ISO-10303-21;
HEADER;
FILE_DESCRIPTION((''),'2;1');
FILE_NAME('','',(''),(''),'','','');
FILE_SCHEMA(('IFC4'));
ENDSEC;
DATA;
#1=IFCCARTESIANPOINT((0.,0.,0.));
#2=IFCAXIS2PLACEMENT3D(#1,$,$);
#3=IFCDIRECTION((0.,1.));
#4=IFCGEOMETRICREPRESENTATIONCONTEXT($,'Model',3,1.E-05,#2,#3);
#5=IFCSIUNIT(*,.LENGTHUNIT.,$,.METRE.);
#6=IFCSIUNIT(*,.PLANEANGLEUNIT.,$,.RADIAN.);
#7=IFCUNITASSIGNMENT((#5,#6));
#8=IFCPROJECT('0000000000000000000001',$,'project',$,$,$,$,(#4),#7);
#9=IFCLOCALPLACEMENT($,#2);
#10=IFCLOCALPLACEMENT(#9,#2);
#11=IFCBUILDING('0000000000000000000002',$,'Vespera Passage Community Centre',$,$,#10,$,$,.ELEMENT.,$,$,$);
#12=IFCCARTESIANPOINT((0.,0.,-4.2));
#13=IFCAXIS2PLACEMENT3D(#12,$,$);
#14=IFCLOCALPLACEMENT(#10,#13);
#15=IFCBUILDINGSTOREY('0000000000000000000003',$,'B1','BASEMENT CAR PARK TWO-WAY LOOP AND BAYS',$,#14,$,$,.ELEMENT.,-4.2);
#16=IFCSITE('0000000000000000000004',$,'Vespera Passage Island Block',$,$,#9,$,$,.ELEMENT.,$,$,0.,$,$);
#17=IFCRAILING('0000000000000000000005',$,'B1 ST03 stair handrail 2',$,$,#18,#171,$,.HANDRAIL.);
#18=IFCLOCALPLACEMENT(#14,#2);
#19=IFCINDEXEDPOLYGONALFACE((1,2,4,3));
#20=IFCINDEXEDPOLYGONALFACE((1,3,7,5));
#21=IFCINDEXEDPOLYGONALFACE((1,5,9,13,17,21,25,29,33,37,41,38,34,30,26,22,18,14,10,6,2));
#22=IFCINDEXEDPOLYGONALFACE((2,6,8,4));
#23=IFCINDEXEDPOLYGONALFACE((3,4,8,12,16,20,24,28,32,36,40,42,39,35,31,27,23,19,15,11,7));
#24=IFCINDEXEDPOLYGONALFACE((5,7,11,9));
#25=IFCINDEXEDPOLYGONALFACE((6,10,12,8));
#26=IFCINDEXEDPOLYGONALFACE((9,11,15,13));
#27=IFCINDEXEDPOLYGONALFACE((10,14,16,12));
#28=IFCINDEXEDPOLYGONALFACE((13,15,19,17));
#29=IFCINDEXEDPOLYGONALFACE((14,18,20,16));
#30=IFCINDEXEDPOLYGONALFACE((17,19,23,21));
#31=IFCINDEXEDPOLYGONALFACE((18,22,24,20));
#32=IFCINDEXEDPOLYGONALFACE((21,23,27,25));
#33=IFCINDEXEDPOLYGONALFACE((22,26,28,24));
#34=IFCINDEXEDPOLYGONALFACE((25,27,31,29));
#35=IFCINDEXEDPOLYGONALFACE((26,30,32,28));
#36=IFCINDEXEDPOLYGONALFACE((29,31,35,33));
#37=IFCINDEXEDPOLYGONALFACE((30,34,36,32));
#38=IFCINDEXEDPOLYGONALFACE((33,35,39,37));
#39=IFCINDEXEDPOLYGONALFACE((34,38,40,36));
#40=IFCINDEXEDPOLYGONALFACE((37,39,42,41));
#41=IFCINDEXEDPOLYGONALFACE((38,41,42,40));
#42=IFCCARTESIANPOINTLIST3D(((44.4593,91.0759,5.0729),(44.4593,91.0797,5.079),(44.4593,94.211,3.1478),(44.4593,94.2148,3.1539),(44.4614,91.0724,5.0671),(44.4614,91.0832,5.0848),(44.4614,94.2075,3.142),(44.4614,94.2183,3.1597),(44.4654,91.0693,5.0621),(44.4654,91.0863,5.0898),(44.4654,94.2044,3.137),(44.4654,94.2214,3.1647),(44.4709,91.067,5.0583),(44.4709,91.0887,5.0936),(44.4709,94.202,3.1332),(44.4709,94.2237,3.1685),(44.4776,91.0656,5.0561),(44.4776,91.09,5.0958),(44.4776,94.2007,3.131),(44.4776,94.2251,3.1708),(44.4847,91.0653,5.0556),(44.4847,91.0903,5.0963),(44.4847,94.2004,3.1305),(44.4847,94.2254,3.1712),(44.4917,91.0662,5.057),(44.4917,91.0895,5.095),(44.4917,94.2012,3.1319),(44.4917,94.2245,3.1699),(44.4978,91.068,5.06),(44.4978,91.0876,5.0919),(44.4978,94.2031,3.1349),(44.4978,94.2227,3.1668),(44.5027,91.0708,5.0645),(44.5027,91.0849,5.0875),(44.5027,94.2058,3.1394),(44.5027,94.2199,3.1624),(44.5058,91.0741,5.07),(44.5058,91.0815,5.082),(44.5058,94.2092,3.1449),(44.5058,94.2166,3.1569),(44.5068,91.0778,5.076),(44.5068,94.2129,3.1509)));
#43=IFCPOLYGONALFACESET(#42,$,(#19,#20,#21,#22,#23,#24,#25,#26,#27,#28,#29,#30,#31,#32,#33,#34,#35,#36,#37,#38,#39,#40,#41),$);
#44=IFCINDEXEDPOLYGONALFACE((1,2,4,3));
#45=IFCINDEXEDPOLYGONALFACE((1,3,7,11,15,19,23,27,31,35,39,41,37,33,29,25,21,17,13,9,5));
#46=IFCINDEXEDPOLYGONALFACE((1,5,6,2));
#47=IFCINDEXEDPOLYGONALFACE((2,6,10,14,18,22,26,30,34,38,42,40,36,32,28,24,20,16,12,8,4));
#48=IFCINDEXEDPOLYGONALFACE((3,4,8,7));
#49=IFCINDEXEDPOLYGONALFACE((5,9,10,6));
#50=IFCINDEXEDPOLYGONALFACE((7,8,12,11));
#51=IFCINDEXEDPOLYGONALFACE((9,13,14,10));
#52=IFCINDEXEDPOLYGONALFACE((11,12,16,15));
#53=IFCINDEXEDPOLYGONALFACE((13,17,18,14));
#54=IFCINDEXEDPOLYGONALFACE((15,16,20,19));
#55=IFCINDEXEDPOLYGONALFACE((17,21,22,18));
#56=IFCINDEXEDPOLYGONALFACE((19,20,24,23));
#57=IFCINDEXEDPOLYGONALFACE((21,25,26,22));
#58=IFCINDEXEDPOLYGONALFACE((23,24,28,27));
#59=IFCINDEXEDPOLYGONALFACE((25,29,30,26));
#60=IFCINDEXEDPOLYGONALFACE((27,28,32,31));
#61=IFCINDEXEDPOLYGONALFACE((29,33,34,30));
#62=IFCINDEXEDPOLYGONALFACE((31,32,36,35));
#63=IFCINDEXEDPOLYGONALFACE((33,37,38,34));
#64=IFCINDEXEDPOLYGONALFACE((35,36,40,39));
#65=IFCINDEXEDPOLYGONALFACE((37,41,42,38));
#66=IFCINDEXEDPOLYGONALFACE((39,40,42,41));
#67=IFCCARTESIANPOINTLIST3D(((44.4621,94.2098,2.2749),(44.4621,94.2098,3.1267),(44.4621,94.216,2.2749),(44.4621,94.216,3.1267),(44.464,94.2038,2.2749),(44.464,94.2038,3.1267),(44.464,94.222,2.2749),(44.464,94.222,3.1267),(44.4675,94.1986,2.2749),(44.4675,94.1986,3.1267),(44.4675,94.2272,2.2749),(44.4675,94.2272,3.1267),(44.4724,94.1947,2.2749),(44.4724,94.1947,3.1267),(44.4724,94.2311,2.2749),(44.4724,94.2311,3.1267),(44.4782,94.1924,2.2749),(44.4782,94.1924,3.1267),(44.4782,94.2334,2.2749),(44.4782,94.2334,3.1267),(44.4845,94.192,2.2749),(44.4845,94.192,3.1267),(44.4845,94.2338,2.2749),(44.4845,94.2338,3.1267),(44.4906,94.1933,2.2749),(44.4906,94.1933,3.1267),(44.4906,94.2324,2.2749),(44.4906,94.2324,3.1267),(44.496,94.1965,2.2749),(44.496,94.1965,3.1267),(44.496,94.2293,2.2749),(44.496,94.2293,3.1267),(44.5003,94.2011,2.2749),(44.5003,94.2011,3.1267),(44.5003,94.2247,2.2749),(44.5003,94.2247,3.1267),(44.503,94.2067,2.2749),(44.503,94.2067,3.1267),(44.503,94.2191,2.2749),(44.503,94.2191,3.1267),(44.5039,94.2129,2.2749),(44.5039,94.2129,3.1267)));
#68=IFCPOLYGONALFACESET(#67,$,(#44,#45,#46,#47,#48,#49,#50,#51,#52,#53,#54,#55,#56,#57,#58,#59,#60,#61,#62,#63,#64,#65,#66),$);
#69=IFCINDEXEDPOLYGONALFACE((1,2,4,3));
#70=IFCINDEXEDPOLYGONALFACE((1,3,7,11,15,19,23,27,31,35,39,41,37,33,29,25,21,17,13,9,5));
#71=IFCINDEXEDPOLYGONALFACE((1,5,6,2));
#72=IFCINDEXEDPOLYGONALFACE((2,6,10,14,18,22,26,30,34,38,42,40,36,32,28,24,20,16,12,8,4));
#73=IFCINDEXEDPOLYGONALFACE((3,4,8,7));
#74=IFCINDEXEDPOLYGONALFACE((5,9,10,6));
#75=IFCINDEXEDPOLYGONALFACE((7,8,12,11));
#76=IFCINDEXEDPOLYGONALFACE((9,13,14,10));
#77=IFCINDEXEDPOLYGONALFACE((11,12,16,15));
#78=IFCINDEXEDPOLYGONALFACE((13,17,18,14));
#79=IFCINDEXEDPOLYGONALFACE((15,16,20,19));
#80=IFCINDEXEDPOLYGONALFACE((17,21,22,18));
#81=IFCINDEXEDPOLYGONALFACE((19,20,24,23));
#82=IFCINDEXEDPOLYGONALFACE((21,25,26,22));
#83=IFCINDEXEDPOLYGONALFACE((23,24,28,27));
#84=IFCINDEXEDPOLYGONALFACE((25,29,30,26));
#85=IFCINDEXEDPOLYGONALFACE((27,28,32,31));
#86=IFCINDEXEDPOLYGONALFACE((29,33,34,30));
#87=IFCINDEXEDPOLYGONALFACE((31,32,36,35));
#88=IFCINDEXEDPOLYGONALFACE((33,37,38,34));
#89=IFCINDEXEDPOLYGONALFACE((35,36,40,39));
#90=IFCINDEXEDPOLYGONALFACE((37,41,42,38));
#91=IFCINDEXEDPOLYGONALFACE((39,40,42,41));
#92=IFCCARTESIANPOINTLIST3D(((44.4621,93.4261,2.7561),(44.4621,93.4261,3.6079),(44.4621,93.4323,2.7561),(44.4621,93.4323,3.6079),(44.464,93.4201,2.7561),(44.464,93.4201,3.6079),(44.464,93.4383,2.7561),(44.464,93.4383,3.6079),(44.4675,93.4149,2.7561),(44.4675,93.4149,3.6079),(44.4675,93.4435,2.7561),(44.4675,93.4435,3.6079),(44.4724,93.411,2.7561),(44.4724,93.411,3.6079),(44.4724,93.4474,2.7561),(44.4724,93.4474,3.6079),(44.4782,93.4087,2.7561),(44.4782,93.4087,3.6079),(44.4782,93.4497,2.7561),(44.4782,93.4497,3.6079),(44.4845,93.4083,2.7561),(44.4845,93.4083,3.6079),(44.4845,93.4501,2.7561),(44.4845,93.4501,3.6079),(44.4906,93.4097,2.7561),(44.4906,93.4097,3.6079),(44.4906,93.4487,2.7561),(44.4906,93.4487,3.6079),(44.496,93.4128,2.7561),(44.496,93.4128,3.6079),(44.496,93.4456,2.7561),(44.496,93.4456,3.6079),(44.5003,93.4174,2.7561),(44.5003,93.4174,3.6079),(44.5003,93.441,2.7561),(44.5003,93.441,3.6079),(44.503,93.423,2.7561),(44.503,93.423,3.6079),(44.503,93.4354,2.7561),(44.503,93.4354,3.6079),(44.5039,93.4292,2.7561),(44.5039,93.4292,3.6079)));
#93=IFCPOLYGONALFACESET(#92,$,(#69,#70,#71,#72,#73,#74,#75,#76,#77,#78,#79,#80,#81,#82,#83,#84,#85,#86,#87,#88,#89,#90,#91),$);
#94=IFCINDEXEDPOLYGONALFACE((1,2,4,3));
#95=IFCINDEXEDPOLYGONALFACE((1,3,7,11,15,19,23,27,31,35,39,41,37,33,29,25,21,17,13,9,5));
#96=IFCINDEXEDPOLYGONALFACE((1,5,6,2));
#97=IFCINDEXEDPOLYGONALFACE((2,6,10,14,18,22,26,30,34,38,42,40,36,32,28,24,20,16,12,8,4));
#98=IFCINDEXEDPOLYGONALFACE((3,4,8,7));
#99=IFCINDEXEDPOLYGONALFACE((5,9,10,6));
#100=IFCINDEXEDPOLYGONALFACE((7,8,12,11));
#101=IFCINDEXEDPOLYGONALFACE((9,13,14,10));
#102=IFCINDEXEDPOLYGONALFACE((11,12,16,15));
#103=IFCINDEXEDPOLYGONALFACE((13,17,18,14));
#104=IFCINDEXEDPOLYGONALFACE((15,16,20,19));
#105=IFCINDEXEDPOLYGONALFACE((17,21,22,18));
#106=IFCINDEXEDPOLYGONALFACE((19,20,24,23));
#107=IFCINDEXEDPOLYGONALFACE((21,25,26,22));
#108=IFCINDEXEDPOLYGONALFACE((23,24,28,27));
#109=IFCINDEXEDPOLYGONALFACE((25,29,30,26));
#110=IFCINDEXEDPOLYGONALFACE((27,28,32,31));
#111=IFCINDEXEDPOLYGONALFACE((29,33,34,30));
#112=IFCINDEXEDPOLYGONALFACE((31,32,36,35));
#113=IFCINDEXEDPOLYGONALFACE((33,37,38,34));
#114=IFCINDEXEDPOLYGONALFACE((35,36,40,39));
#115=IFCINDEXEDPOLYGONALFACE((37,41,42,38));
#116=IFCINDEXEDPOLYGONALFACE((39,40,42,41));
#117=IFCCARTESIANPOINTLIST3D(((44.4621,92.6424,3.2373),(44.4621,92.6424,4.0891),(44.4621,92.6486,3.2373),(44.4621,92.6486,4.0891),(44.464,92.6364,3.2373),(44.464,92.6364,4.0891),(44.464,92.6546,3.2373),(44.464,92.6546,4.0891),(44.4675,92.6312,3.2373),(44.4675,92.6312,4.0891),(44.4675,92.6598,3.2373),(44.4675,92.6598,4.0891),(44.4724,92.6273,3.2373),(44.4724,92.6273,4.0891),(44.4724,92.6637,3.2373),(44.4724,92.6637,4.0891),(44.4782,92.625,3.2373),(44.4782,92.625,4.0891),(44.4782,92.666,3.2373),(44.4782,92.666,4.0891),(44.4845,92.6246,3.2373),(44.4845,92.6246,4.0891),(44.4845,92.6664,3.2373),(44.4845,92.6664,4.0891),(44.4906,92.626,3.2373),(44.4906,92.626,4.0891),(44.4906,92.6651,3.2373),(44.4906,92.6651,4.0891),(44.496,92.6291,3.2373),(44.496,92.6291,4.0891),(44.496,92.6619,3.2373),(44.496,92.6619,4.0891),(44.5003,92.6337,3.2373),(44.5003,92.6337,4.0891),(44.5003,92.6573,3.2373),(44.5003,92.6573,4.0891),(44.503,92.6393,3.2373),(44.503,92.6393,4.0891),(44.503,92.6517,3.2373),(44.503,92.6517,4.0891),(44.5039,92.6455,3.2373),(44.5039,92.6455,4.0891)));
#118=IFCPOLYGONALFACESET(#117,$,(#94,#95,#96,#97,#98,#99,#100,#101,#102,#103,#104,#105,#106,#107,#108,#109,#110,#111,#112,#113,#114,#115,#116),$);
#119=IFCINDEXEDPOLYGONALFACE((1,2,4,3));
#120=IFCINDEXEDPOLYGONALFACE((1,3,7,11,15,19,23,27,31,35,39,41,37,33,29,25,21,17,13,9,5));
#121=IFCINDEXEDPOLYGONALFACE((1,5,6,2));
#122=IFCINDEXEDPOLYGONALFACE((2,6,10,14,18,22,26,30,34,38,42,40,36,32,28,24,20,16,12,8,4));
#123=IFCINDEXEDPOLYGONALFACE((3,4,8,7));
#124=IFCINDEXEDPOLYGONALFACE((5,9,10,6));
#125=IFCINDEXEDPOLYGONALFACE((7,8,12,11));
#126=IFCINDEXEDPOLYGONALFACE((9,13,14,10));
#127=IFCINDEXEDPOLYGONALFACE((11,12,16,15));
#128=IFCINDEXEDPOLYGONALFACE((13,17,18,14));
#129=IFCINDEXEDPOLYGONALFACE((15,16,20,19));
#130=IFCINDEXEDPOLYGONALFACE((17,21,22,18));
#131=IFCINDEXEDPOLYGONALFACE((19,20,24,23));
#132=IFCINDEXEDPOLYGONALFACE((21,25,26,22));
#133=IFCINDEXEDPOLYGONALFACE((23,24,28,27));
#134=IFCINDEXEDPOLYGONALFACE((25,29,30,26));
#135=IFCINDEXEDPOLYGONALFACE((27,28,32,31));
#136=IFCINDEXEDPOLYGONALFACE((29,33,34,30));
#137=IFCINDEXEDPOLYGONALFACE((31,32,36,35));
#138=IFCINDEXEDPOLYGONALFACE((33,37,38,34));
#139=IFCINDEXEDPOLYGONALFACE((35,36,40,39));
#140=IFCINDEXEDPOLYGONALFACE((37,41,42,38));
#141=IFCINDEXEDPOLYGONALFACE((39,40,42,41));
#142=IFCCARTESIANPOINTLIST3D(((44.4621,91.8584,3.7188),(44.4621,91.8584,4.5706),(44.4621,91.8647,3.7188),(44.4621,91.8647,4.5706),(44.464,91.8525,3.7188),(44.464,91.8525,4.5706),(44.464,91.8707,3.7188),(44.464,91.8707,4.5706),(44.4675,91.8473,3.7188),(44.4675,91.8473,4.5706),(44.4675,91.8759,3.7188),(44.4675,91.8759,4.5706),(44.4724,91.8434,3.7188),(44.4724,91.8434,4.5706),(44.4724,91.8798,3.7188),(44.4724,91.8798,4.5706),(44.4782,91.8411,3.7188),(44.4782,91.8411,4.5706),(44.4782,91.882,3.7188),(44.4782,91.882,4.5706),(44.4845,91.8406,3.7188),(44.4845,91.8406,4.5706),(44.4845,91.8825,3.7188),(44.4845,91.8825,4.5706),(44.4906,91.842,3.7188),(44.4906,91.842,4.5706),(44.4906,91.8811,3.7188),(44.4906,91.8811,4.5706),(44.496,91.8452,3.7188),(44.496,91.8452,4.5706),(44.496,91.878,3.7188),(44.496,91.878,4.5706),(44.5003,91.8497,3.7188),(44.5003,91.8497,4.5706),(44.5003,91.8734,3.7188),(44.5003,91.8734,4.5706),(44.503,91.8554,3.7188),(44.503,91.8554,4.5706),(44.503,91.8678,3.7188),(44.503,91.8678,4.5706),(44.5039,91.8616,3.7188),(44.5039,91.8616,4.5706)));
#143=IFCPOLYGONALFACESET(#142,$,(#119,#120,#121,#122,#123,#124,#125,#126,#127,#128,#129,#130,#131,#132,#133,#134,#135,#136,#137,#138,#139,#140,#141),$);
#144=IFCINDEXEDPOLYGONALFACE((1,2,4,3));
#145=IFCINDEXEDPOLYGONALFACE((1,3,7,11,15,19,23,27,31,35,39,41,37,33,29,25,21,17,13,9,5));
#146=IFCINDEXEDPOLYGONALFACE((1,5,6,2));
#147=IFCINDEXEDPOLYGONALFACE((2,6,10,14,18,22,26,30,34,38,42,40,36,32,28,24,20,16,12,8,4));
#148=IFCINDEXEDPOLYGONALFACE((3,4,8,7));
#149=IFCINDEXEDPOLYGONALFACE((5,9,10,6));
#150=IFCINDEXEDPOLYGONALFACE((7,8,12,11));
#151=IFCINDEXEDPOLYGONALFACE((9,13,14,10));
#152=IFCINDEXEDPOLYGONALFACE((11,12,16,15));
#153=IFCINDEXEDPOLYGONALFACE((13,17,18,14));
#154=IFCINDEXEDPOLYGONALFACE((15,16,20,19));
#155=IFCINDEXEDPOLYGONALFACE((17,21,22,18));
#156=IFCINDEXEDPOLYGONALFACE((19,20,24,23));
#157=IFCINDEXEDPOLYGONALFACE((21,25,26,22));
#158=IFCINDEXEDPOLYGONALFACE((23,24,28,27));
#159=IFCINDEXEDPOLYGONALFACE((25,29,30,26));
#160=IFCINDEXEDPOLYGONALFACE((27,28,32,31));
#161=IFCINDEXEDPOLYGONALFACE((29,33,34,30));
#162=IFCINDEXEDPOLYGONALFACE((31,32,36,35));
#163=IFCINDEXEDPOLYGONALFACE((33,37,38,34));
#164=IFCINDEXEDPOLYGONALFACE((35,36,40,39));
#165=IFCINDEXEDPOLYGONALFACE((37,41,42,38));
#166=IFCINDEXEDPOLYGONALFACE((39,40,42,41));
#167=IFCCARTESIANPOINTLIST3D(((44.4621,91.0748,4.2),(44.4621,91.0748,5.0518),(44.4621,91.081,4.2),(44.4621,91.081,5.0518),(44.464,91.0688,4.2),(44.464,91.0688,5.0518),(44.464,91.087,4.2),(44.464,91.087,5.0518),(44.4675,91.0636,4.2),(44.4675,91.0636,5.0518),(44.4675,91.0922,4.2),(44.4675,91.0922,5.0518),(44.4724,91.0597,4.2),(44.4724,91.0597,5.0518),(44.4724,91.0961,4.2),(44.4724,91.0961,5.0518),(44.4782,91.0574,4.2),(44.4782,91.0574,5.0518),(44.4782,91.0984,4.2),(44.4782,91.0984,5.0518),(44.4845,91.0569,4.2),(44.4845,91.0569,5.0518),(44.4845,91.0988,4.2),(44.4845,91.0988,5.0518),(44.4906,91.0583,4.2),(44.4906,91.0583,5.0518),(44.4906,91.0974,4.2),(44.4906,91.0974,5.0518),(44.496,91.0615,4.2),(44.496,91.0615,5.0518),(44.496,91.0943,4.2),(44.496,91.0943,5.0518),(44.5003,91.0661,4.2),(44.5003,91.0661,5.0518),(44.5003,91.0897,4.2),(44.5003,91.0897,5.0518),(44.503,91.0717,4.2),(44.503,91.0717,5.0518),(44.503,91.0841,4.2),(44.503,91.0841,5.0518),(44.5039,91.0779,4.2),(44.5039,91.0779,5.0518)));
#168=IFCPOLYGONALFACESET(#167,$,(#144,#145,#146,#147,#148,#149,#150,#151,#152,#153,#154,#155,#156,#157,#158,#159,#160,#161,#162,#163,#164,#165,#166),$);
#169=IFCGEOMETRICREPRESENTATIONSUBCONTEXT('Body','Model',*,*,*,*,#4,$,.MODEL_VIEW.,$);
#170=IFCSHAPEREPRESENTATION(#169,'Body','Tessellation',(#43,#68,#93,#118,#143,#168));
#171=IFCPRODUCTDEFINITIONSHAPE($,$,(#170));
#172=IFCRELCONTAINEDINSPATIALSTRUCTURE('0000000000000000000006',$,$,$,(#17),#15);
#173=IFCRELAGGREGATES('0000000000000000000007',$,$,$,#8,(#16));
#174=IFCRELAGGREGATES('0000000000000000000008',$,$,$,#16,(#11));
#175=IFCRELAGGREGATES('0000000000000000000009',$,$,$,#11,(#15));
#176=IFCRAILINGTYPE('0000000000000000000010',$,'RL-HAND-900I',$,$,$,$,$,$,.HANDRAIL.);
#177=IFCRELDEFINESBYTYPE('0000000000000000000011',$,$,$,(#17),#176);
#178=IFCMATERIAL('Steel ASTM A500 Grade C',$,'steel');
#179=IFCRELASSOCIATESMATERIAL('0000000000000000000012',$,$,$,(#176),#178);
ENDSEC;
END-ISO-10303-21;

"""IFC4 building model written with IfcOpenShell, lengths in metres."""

from ifc_helpers import new_model, si_unit, direction, frame, origin, origin_2d, place, context, subcontext, project, spatial, circle, extrude, material, type_object, element, save


model = new_model("IFC4")

# Units and contexts
model_context = context("Model", 3, precision=1e-05, world=origin(), true_north=direction((0.0, 1.0)))
body_context = subcontext(model_context, "Body", "Model", "MODEL_VIEW")
ifc_project = project(units=[si_unit("LENGTHUNIT", "METRE"), si_unit("PLANEANGLEUNIT", "RADIAN")], contexts=[model_context])

# Site, building, storey
site_placement = place(None, origin())
site = spatial("IfcSite", under=ifc_project, at=site_placement, Name="Vespera Passage Island Block", CompositionType="ELEMENT", RefElevation=0.0)
building_placement = place(site_placement, origin())
building = spatial("IfcBuilding", under=site, at=building_placement, Name="Vespera Passage Community Centre", CompositionType="ELEMENT")
storey_placement = place(building_placement, frame((0.0, 0.0, -4.2)))
storey = spatial("IfcBuildingStorey", under=building, at=storey_placement, Name="B1", Description="BASEMENT CAR PARK TWO-WAY LOOP AND BAYS", CompositionType="ELEMENT", Elevation=-4.2)

# Railing
ifc_material_1 = material(Name="Steel ASTM A500 Grade C", Category="steel")
railing_type_1 = type_object("IfcRailingType", Name="RL-HAND-900I", PredefinedType="HANDRAIL", material=ifc_material_1)
railing_1_placement = place(storey_placement, frame((44.4829, 94.2129, 2.2749)))
element("IfcRailing", 1, at=railing_1_placement, inside=storey, type_object=railing_type_1, Name="B1 ST03 stair handrail 2", PredefinedType="HANDRAIL", context=body_context, shape_type="SweptSolid", body=[
    extrude(circle(Radius=0.0239, at=origin_2d()), frame((0.0, 0.0, 0.876), z_axis=(0.0, -0.852166, 0.523271), x_axis=(1.0, 0.0, 0.0)), (0.0, 0.0, 1.0), 3.679),
    extrude(circle(Radius=0.021, at=origin_2d()), origin(), (0.0, 0.0, 1.0), 0.8518),
    extrude(circle(Radius=0.021, at=origin_2d()), frame((0.0, -0.7837, 0.4812)), (0.0, 0.0, 1.0), 0.8518),
    extrude(circle(Radius=0.021, at=origin_2d()), frame((0.0, -1.5674, 0.9624)), (0.0, 0.0, 1.0), 0.8518),
    extrude(circle(Radius=0.021, at=origin_2d()), frame((0.0, -2.3513, 1.4438)), (0.0, 0.0, 1.0), 0.8518),
    extrude(circle(Radius=0.021, at=origin_2d()), frame((0.0, -3.135, 1.925)), (0.0, 0.0, 1.0), 0.8518),
])

save(model, "model.ifc")
